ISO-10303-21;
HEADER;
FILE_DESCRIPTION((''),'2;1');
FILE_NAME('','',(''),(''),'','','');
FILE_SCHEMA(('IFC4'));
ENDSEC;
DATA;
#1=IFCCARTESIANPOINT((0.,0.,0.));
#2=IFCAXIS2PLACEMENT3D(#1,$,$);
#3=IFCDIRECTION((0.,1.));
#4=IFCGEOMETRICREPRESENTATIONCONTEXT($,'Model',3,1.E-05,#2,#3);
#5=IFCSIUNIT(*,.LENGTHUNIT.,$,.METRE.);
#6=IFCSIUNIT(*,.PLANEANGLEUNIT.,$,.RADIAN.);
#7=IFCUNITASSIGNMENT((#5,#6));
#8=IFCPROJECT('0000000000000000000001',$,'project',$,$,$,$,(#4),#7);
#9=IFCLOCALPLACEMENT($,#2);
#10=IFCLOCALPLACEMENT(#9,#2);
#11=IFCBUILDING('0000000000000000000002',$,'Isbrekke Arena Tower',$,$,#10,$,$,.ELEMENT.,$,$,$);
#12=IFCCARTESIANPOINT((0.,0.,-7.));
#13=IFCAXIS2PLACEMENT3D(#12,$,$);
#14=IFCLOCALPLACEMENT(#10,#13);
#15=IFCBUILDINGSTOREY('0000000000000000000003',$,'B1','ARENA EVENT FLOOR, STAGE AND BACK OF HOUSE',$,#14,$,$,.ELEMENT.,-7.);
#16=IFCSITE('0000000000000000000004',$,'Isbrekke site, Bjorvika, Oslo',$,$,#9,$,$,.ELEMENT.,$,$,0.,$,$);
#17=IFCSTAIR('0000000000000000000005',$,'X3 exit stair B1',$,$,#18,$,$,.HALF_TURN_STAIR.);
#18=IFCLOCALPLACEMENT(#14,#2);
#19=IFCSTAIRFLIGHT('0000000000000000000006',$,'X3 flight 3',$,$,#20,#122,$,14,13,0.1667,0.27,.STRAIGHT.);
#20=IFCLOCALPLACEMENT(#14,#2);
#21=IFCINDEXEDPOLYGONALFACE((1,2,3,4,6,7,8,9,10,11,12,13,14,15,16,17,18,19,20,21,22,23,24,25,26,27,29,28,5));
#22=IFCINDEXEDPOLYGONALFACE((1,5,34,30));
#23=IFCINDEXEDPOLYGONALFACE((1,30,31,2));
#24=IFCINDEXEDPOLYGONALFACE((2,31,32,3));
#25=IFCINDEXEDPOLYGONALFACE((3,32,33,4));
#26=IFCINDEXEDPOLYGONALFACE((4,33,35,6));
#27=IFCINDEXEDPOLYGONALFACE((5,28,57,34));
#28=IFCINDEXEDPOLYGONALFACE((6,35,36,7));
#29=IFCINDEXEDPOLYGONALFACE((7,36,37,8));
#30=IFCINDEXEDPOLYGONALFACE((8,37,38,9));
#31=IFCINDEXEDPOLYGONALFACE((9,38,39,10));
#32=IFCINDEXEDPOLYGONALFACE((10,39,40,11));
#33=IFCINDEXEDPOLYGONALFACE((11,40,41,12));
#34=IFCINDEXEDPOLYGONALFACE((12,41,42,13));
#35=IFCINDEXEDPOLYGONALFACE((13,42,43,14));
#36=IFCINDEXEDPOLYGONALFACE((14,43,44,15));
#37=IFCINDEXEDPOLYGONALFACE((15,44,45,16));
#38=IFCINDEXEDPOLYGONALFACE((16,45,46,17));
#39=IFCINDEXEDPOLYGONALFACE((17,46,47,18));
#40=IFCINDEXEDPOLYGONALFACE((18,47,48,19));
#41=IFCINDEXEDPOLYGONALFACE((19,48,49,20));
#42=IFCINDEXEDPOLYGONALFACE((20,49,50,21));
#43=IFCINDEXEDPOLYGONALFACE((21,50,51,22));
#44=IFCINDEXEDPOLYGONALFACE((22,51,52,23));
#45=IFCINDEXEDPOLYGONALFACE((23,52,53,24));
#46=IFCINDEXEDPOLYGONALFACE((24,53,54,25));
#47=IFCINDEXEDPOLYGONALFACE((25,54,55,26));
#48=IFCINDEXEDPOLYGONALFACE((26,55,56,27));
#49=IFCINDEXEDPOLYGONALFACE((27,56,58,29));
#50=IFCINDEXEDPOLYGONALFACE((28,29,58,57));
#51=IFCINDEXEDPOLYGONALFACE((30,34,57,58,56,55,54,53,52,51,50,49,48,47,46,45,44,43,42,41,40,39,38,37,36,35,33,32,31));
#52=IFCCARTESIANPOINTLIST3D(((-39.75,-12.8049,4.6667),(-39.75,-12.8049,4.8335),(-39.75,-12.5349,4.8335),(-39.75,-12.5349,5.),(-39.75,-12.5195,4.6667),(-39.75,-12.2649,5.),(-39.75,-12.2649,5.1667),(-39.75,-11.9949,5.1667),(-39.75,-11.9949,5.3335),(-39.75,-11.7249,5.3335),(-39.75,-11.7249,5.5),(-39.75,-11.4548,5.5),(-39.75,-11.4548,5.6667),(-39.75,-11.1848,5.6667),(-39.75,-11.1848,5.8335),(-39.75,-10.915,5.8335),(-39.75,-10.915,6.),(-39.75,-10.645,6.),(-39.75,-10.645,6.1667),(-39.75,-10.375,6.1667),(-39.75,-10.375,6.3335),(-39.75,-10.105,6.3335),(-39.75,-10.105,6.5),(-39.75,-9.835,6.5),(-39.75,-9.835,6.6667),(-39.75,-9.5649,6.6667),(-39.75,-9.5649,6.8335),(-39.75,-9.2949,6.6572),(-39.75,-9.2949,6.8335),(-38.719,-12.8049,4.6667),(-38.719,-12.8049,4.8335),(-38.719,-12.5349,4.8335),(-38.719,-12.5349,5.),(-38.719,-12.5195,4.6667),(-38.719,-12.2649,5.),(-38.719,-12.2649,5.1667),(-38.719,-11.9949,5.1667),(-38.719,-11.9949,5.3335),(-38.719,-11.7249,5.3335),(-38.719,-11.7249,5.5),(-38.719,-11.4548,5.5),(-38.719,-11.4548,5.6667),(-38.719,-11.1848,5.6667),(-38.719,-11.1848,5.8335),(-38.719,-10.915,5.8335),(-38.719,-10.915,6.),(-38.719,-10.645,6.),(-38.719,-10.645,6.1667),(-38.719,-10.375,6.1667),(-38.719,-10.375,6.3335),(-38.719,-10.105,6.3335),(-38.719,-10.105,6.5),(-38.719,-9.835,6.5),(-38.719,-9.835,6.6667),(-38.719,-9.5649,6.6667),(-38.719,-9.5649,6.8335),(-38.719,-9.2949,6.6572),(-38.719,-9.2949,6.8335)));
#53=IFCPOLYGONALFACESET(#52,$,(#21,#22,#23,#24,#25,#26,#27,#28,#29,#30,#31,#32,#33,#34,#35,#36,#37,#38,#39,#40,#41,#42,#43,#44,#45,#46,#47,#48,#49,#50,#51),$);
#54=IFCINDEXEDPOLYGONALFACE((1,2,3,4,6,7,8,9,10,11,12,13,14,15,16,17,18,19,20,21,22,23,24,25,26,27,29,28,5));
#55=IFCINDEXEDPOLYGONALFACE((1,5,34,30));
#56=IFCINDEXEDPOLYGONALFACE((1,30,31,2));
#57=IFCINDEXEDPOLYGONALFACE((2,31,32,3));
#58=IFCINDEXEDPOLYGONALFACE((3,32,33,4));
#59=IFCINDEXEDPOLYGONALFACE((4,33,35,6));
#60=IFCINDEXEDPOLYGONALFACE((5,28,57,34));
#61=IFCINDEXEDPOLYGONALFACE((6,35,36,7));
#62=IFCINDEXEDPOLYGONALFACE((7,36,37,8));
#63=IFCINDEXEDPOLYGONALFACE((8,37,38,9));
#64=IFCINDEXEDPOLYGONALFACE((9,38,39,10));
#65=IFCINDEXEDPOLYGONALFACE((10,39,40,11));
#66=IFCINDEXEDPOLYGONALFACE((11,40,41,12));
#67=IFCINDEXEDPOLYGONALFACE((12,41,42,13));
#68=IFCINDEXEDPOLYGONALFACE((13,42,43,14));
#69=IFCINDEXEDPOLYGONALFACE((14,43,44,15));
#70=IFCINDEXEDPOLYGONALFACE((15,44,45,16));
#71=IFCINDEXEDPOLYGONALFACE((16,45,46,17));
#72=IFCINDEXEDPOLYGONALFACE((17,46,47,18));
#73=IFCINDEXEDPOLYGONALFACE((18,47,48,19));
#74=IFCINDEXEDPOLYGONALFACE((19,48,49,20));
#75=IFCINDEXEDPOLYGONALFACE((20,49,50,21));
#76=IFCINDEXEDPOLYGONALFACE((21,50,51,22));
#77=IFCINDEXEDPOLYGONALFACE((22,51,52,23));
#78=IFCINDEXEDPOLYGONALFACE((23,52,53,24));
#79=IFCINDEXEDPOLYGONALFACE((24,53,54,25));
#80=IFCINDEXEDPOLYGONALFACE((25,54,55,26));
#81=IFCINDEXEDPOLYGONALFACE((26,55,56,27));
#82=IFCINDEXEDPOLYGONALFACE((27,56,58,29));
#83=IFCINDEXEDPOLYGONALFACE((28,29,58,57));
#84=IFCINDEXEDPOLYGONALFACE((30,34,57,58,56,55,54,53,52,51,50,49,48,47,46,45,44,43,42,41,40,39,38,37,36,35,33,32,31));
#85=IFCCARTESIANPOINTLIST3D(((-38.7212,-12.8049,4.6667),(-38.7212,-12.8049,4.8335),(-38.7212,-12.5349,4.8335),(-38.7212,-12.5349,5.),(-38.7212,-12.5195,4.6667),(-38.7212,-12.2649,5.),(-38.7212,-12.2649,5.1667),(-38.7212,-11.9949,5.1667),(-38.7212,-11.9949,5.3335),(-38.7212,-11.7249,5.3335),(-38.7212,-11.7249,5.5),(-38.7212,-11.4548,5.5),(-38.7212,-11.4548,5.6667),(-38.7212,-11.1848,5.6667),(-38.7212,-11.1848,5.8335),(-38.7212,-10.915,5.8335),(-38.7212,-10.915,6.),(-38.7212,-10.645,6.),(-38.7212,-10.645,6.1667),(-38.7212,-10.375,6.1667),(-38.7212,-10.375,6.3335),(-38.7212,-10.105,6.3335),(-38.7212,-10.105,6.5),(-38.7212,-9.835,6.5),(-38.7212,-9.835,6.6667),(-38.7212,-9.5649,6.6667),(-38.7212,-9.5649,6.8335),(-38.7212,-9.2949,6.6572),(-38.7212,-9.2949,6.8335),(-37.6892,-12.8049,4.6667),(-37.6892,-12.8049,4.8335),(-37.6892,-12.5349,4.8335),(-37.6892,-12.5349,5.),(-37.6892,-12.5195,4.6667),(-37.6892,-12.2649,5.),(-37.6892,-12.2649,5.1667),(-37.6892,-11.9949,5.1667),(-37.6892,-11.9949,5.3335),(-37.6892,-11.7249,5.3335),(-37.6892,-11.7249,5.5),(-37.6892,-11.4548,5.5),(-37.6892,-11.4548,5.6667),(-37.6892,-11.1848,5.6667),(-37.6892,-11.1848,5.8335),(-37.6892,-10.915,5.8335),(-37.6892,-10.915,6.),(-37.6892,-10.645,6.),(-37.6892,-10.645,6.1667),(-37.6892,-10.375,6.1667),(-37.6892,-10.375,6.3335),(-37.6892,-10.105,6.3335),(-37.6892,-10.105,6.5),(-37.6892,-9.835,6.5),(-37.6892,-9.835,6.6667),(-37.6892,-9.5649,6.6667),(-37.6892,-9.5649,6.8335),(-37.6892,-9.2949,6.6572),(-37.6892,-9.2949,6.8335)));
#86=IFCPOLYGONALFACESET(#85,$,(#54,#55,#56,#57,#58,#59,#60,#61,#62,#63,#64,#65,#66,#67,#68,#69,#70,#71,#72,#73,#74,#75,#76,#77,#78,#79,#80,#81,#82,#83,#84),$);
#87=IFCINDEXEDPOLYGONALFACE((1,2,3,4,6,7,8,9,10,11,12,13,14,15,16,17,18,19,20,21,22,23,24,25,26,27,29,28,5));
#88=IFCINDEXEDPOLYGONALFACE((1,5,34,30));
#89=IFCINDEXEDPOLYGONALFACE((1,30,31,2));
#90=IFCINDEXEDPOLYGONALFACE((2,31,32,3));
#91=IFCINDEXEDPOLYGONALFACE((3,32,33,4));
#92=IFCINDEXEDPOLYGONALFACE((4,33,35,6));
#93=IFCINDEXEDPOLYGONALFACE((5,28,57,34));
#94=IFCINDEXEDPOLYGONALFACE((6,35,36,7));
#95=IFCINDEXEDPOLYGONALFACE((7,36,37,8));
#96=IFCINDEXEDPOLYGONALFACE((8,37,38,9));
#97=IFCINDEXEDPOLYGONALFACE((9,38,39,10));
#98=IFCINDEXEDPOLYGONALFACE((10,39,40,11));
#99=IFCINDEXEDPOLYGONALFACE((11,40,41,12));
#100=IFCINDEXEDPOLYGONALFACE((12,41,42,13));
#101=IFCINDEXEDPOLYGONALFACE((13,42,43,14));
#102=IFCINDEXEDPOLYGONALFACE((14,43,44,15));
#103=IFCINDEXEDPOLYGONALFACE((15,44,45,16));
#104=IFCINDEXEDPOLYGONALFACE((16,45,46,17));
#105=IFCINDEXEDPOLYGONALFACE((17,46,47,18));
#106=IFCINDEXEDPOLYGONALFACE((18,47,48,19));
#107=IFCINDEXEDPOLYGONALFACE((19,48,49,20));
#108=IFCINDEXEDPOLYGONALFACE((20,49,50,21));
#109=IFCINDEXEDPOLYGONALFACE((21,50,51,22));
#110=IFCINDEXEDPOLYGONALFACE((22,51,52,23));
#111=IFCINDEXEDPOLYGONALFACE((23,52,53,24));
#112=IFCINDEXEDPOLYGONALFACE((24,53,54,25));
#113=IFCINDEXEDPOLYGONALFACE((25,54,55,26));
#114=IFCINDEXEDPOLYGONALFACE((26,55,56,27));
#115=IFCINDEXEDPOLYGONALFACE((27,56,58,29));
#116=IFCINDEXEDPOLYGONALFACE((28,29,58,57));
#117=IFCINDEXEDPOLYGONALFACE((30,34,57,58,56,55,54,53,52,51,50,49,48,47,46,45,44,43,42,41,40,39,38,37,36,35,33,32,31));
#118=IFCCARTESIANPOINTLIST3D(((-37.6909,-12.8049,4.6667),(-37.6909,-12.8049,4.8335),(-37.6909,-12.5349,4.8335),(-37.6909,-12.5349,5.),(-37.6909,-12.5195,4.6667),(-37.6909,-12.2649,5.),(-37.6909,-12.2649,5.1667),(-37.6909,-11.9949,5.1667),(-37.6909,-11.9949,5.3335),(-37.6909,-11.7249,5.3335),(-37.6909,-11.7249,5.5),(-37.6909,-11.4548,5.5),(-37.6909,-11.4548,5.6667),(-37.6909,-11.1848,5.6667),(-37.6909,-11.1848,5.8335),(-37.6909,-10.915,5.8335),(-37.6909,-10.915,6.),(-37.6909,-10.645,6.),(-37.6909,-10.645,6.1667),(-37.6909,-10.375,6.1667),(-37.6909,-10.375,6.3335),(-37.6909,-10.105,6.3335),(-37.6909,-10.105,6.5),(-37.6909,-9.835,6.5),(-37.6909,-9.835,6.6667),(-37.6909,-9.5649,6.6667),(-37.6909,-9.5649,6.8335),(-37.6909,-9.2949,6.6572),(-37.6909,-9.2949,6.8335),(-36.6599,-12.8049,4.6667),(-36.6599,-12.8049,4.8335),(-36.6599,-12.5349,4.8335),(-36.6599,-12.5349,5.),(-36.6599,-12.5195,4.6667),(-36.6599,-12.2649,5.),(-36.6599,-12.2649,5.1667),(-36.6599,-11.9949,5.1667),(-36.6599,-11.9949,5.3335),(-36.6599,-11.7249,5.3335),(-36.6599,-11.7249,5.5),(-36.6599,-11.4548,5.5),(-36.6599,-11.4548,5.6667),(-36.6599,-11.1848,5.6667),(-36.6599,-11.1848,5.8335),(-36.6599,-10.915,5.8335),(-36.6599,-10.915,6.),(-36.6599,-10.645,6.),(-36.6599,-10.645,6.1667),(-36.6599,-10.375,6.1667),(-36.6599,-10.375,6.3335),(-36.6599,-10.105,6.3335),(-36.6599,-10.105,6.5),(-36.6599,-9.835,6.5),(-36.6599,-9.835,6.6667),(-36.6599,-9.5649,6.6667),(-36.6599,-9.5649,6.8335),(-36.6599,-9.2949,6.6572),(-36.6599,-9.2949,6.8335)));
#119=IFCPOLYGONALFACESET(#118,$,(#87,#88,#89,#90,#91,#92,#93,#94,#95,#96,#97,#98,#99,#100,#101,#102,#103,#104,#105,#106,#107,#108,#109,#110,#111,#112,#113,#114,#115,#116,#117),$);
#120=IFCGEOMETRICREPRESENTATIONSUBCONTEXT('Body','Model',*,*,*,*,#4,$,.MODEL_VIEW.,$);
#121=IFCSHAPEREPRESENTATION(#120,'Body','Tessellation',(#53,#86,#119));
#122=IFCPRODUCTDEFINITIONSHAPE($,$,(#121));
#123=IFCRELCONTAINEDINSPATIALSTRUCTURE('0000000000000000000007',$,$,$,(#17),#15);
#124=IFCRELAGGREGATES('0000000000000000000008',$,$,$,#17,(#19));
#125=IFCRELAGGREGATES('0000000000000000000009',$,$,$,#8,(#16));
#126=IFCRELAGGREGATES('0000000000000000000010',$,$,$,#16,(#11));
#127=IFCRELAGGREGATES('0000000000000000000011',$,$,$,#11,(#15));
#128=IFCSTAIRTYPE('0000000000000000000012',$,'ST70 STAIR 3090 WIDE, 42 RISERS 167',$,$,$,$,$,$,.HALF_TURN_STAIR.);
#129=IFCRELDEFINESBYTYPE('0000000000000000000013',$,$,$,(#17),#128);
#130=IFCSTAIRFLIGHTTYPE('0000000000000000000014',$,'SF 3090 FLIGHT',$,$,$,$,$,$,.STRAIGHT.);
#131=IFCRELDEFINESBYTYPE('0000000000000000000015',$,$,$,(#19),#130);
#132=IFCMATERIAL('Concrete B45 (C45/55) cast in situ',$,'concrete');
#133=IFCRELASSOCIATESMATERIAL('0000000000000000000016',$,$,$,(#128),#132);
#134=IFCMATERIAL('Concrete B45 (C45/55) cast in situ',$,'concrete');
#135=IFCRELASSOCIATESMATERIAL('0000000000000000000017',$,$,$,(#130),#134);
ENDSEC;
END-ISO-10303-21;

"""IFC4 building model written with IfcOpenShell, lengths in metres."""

from ifc_helpers import new_model, si_unit, direction, frame, origin, place, context, subcontext, project, spatial, polyline, outline, extrude, material, type_object, element, aggregate, save


model = new_model("IFC4")

# Units and contexts
model_context = context("Model", 3, precision=1e-05, world=origin(), true_north=direction((0.0, 1.0)))
body_context = subcontext(model_context, "Body", "Model", "MODEL_VIEW")
ifc_project = project(units=[si_unit("LENGTHUNIT", "METRE"), si_unit("PLANEANGLEUNIT", "RADIAN")], contexts=[model_context])

# Site, building, storey
site_placement = place(None, origin())
site = spatial("IfcSite", under=ifc_project, at=site_placement, Name="Isbrekke site, Bjorvika, Oslo", CompositionType="ELEMENT", RefElevation=0.0)
building_placement = place(site_placement, origin())
building = spatial("IfcBuilding", under=site, at=building_placement, Name="Isbrekke Arena Tower", CompositionType="ELEMENT")
storey_placement = place(building_placement, frame((0.0, 0.0, -7.0)))
storey = spatial("IfcBuildingStorey", under=building, at=storey_placement, Name="B1", Description="ARENA EVENT FLOOR, STAGE AND BACK OF HOUSE", CompositionType="ELEMENT", Elevation=-7.0)

# Stair, stair flight
ifc_material_1 = material(Name="Concrete B45 (C45/55) cast in situ", Category="concrete")
stair_type = type_object("IfcStairType", Name="ST70 STAIR 3090 WIDE, 42 RISERS 167", PredefinedType="HALF_TURN_STAIR", material=ifc_material_1)
stair_1_placement = place(storey_placement, origin())
stair_1 = element("IfcStair", 1, at=stair_1_placement, inside=storey, type_object=stair_type, Name="X3 exit stair B1", PredefinedType="HALF_TURN_STAIR")
ifc_material_2 = material(Name="Concrete B45 (C45/55) cast in situ", Category="concrete")
stair_flight_type = type_object("IfcStairFlightType", Name="SF 3090 FLIGHT", PredefinedType="STRAIGHT", material=ifc_material_2)
stair_flight_1_placement = place(storey_placement, frame((-38.2051, -12.8049, 4.6667), z_axis=(0.0, 0.0, 1.0), x_axis=(0.0, 1.0, 0.0)))
stair_flight_1 = element("IfcStairFlight", 2, at=stair_flight_1_placement, type_object=stair_flight_type, Name="X3 flight 3", NumberOfRisers=14, NumberOfTreads=13, PredefinedType="STRAIGHT", RiserHeight=0.1667, TreadLength=0.27, context=body_context, shape_type="SweptSolid", body=[
    extrude(outline(polyline([(0.0, 0.0), (0.0, 0.1667), (0.27, 0.1667), (0.27, 0.3333), (0.54, 0.3333), (0.54, 0.5), (0.8101, 0.5), (0.8101, 0.6667), (1.0801, 0.6667), (1.0801, 0.8333), (1.3501, 0.8333), (1.3501, 1.0), (1.6201, 1.0), (1.6201, 1.1667), (1.8899, 1.1667), (1.8899, 1.3333), (2.1599, 1.3333), (2.1599, 1.5), (2.4299, 1.5), (2.4299, 1.6667), (2.7, 1.6667), (2.7, 1.8333), (2.97, 1.8333), (2.97, 2.0), (3.24, 2.0), (3.24, 2.1667), (3.51, 2.1667), (3.51, 2.3333), (3.51, 1.9905), (0.2854, 0.0), (0.0, 0.0)])), frame((0.0, 1.5449, 0.0), z_axis=(0.0, -1.0, 0.0), x_axis=(1.0, 0.0, 0.0)), (0.0, 0.0, 1.0), 1.031),
    extrude(outline(polyline([(0.0, 0.0), (0.0, 0.1667), (0.27, 0.1667), (0.27, 0.3333), (0.54, 0.3333), (0.54, 0.5), (0.8101, 0.5), (0.8101, 0.6667), (1.0801, 0.6667), (1.0801, 0.8333), (1.3501, 0.8333), (1.3501, 1.0), (1.6201, 1.0), (1.6201, 1.1667), (1.8899, 1.1667), (1.8899, 1.3333), (2.1599, 1.3333), (2.1599, 1.5), (2.4299, 1.5), (2.4299, 1.6667), (2.7, 1.6667), (2.7, 1.8333), (2.97, 1.8333), (2.97, 2.0), (3.24, 2.0), (3.24, 2.1667), (3.51, 2.1667), (3.51, 2.3333), (3.51, 1.9905), (0.2854, 0.0), (0.0, 0.0)])), frame((0.0, 0.5161, 0.0), z_axis=(0.0, -1.0, 0.0), x_axis=(1.0, 0.0, 0.0)), (0.0, 0.0, 1.0), 1.032),
    extrude(outline(polyline([(0.0, 0.0), (0.0, 0.1667), (0.27, 0.1667), (0.27, 0.3333), (0.54, 0.3333), (0.54, 0.5), (0.8101, 0.5), (0.8101, 0.6667), (1.0801, 0.6667), (1.0801, 0.8333), (1.3501, 0.8333), (1.3501, 1.0), (1.6201, 1.0), (1.6201, 1.1667), (1.8899, 1.1667), (1.8899, 1.3333), (2.1599, 1.3333), (2.1599, 1.5), (2.4299, 1.5), (2.4299, 1.6667), (2.7, 1.6667), (2.7, 1.8333), (2.97, 1.8333), (2.97, 2.0), (3.24, 2.0), (3.24, 2.1667), (3.51, 2.1667), (3.51, 2.3333), (3.51, 1.9905), (0.2854, 0.0), (0.0, 0.0)])), frame((0.0, -0.5142, 0.0), z_axis=(0.0, -1.0, 0.0), x_axis=(1.0, 0.0, 0.0)), (0.0, 0.0, 1.0), 1.031),
])
aggregate(stair_1, [stair_flight_1])

save(model, "model.ifc")
